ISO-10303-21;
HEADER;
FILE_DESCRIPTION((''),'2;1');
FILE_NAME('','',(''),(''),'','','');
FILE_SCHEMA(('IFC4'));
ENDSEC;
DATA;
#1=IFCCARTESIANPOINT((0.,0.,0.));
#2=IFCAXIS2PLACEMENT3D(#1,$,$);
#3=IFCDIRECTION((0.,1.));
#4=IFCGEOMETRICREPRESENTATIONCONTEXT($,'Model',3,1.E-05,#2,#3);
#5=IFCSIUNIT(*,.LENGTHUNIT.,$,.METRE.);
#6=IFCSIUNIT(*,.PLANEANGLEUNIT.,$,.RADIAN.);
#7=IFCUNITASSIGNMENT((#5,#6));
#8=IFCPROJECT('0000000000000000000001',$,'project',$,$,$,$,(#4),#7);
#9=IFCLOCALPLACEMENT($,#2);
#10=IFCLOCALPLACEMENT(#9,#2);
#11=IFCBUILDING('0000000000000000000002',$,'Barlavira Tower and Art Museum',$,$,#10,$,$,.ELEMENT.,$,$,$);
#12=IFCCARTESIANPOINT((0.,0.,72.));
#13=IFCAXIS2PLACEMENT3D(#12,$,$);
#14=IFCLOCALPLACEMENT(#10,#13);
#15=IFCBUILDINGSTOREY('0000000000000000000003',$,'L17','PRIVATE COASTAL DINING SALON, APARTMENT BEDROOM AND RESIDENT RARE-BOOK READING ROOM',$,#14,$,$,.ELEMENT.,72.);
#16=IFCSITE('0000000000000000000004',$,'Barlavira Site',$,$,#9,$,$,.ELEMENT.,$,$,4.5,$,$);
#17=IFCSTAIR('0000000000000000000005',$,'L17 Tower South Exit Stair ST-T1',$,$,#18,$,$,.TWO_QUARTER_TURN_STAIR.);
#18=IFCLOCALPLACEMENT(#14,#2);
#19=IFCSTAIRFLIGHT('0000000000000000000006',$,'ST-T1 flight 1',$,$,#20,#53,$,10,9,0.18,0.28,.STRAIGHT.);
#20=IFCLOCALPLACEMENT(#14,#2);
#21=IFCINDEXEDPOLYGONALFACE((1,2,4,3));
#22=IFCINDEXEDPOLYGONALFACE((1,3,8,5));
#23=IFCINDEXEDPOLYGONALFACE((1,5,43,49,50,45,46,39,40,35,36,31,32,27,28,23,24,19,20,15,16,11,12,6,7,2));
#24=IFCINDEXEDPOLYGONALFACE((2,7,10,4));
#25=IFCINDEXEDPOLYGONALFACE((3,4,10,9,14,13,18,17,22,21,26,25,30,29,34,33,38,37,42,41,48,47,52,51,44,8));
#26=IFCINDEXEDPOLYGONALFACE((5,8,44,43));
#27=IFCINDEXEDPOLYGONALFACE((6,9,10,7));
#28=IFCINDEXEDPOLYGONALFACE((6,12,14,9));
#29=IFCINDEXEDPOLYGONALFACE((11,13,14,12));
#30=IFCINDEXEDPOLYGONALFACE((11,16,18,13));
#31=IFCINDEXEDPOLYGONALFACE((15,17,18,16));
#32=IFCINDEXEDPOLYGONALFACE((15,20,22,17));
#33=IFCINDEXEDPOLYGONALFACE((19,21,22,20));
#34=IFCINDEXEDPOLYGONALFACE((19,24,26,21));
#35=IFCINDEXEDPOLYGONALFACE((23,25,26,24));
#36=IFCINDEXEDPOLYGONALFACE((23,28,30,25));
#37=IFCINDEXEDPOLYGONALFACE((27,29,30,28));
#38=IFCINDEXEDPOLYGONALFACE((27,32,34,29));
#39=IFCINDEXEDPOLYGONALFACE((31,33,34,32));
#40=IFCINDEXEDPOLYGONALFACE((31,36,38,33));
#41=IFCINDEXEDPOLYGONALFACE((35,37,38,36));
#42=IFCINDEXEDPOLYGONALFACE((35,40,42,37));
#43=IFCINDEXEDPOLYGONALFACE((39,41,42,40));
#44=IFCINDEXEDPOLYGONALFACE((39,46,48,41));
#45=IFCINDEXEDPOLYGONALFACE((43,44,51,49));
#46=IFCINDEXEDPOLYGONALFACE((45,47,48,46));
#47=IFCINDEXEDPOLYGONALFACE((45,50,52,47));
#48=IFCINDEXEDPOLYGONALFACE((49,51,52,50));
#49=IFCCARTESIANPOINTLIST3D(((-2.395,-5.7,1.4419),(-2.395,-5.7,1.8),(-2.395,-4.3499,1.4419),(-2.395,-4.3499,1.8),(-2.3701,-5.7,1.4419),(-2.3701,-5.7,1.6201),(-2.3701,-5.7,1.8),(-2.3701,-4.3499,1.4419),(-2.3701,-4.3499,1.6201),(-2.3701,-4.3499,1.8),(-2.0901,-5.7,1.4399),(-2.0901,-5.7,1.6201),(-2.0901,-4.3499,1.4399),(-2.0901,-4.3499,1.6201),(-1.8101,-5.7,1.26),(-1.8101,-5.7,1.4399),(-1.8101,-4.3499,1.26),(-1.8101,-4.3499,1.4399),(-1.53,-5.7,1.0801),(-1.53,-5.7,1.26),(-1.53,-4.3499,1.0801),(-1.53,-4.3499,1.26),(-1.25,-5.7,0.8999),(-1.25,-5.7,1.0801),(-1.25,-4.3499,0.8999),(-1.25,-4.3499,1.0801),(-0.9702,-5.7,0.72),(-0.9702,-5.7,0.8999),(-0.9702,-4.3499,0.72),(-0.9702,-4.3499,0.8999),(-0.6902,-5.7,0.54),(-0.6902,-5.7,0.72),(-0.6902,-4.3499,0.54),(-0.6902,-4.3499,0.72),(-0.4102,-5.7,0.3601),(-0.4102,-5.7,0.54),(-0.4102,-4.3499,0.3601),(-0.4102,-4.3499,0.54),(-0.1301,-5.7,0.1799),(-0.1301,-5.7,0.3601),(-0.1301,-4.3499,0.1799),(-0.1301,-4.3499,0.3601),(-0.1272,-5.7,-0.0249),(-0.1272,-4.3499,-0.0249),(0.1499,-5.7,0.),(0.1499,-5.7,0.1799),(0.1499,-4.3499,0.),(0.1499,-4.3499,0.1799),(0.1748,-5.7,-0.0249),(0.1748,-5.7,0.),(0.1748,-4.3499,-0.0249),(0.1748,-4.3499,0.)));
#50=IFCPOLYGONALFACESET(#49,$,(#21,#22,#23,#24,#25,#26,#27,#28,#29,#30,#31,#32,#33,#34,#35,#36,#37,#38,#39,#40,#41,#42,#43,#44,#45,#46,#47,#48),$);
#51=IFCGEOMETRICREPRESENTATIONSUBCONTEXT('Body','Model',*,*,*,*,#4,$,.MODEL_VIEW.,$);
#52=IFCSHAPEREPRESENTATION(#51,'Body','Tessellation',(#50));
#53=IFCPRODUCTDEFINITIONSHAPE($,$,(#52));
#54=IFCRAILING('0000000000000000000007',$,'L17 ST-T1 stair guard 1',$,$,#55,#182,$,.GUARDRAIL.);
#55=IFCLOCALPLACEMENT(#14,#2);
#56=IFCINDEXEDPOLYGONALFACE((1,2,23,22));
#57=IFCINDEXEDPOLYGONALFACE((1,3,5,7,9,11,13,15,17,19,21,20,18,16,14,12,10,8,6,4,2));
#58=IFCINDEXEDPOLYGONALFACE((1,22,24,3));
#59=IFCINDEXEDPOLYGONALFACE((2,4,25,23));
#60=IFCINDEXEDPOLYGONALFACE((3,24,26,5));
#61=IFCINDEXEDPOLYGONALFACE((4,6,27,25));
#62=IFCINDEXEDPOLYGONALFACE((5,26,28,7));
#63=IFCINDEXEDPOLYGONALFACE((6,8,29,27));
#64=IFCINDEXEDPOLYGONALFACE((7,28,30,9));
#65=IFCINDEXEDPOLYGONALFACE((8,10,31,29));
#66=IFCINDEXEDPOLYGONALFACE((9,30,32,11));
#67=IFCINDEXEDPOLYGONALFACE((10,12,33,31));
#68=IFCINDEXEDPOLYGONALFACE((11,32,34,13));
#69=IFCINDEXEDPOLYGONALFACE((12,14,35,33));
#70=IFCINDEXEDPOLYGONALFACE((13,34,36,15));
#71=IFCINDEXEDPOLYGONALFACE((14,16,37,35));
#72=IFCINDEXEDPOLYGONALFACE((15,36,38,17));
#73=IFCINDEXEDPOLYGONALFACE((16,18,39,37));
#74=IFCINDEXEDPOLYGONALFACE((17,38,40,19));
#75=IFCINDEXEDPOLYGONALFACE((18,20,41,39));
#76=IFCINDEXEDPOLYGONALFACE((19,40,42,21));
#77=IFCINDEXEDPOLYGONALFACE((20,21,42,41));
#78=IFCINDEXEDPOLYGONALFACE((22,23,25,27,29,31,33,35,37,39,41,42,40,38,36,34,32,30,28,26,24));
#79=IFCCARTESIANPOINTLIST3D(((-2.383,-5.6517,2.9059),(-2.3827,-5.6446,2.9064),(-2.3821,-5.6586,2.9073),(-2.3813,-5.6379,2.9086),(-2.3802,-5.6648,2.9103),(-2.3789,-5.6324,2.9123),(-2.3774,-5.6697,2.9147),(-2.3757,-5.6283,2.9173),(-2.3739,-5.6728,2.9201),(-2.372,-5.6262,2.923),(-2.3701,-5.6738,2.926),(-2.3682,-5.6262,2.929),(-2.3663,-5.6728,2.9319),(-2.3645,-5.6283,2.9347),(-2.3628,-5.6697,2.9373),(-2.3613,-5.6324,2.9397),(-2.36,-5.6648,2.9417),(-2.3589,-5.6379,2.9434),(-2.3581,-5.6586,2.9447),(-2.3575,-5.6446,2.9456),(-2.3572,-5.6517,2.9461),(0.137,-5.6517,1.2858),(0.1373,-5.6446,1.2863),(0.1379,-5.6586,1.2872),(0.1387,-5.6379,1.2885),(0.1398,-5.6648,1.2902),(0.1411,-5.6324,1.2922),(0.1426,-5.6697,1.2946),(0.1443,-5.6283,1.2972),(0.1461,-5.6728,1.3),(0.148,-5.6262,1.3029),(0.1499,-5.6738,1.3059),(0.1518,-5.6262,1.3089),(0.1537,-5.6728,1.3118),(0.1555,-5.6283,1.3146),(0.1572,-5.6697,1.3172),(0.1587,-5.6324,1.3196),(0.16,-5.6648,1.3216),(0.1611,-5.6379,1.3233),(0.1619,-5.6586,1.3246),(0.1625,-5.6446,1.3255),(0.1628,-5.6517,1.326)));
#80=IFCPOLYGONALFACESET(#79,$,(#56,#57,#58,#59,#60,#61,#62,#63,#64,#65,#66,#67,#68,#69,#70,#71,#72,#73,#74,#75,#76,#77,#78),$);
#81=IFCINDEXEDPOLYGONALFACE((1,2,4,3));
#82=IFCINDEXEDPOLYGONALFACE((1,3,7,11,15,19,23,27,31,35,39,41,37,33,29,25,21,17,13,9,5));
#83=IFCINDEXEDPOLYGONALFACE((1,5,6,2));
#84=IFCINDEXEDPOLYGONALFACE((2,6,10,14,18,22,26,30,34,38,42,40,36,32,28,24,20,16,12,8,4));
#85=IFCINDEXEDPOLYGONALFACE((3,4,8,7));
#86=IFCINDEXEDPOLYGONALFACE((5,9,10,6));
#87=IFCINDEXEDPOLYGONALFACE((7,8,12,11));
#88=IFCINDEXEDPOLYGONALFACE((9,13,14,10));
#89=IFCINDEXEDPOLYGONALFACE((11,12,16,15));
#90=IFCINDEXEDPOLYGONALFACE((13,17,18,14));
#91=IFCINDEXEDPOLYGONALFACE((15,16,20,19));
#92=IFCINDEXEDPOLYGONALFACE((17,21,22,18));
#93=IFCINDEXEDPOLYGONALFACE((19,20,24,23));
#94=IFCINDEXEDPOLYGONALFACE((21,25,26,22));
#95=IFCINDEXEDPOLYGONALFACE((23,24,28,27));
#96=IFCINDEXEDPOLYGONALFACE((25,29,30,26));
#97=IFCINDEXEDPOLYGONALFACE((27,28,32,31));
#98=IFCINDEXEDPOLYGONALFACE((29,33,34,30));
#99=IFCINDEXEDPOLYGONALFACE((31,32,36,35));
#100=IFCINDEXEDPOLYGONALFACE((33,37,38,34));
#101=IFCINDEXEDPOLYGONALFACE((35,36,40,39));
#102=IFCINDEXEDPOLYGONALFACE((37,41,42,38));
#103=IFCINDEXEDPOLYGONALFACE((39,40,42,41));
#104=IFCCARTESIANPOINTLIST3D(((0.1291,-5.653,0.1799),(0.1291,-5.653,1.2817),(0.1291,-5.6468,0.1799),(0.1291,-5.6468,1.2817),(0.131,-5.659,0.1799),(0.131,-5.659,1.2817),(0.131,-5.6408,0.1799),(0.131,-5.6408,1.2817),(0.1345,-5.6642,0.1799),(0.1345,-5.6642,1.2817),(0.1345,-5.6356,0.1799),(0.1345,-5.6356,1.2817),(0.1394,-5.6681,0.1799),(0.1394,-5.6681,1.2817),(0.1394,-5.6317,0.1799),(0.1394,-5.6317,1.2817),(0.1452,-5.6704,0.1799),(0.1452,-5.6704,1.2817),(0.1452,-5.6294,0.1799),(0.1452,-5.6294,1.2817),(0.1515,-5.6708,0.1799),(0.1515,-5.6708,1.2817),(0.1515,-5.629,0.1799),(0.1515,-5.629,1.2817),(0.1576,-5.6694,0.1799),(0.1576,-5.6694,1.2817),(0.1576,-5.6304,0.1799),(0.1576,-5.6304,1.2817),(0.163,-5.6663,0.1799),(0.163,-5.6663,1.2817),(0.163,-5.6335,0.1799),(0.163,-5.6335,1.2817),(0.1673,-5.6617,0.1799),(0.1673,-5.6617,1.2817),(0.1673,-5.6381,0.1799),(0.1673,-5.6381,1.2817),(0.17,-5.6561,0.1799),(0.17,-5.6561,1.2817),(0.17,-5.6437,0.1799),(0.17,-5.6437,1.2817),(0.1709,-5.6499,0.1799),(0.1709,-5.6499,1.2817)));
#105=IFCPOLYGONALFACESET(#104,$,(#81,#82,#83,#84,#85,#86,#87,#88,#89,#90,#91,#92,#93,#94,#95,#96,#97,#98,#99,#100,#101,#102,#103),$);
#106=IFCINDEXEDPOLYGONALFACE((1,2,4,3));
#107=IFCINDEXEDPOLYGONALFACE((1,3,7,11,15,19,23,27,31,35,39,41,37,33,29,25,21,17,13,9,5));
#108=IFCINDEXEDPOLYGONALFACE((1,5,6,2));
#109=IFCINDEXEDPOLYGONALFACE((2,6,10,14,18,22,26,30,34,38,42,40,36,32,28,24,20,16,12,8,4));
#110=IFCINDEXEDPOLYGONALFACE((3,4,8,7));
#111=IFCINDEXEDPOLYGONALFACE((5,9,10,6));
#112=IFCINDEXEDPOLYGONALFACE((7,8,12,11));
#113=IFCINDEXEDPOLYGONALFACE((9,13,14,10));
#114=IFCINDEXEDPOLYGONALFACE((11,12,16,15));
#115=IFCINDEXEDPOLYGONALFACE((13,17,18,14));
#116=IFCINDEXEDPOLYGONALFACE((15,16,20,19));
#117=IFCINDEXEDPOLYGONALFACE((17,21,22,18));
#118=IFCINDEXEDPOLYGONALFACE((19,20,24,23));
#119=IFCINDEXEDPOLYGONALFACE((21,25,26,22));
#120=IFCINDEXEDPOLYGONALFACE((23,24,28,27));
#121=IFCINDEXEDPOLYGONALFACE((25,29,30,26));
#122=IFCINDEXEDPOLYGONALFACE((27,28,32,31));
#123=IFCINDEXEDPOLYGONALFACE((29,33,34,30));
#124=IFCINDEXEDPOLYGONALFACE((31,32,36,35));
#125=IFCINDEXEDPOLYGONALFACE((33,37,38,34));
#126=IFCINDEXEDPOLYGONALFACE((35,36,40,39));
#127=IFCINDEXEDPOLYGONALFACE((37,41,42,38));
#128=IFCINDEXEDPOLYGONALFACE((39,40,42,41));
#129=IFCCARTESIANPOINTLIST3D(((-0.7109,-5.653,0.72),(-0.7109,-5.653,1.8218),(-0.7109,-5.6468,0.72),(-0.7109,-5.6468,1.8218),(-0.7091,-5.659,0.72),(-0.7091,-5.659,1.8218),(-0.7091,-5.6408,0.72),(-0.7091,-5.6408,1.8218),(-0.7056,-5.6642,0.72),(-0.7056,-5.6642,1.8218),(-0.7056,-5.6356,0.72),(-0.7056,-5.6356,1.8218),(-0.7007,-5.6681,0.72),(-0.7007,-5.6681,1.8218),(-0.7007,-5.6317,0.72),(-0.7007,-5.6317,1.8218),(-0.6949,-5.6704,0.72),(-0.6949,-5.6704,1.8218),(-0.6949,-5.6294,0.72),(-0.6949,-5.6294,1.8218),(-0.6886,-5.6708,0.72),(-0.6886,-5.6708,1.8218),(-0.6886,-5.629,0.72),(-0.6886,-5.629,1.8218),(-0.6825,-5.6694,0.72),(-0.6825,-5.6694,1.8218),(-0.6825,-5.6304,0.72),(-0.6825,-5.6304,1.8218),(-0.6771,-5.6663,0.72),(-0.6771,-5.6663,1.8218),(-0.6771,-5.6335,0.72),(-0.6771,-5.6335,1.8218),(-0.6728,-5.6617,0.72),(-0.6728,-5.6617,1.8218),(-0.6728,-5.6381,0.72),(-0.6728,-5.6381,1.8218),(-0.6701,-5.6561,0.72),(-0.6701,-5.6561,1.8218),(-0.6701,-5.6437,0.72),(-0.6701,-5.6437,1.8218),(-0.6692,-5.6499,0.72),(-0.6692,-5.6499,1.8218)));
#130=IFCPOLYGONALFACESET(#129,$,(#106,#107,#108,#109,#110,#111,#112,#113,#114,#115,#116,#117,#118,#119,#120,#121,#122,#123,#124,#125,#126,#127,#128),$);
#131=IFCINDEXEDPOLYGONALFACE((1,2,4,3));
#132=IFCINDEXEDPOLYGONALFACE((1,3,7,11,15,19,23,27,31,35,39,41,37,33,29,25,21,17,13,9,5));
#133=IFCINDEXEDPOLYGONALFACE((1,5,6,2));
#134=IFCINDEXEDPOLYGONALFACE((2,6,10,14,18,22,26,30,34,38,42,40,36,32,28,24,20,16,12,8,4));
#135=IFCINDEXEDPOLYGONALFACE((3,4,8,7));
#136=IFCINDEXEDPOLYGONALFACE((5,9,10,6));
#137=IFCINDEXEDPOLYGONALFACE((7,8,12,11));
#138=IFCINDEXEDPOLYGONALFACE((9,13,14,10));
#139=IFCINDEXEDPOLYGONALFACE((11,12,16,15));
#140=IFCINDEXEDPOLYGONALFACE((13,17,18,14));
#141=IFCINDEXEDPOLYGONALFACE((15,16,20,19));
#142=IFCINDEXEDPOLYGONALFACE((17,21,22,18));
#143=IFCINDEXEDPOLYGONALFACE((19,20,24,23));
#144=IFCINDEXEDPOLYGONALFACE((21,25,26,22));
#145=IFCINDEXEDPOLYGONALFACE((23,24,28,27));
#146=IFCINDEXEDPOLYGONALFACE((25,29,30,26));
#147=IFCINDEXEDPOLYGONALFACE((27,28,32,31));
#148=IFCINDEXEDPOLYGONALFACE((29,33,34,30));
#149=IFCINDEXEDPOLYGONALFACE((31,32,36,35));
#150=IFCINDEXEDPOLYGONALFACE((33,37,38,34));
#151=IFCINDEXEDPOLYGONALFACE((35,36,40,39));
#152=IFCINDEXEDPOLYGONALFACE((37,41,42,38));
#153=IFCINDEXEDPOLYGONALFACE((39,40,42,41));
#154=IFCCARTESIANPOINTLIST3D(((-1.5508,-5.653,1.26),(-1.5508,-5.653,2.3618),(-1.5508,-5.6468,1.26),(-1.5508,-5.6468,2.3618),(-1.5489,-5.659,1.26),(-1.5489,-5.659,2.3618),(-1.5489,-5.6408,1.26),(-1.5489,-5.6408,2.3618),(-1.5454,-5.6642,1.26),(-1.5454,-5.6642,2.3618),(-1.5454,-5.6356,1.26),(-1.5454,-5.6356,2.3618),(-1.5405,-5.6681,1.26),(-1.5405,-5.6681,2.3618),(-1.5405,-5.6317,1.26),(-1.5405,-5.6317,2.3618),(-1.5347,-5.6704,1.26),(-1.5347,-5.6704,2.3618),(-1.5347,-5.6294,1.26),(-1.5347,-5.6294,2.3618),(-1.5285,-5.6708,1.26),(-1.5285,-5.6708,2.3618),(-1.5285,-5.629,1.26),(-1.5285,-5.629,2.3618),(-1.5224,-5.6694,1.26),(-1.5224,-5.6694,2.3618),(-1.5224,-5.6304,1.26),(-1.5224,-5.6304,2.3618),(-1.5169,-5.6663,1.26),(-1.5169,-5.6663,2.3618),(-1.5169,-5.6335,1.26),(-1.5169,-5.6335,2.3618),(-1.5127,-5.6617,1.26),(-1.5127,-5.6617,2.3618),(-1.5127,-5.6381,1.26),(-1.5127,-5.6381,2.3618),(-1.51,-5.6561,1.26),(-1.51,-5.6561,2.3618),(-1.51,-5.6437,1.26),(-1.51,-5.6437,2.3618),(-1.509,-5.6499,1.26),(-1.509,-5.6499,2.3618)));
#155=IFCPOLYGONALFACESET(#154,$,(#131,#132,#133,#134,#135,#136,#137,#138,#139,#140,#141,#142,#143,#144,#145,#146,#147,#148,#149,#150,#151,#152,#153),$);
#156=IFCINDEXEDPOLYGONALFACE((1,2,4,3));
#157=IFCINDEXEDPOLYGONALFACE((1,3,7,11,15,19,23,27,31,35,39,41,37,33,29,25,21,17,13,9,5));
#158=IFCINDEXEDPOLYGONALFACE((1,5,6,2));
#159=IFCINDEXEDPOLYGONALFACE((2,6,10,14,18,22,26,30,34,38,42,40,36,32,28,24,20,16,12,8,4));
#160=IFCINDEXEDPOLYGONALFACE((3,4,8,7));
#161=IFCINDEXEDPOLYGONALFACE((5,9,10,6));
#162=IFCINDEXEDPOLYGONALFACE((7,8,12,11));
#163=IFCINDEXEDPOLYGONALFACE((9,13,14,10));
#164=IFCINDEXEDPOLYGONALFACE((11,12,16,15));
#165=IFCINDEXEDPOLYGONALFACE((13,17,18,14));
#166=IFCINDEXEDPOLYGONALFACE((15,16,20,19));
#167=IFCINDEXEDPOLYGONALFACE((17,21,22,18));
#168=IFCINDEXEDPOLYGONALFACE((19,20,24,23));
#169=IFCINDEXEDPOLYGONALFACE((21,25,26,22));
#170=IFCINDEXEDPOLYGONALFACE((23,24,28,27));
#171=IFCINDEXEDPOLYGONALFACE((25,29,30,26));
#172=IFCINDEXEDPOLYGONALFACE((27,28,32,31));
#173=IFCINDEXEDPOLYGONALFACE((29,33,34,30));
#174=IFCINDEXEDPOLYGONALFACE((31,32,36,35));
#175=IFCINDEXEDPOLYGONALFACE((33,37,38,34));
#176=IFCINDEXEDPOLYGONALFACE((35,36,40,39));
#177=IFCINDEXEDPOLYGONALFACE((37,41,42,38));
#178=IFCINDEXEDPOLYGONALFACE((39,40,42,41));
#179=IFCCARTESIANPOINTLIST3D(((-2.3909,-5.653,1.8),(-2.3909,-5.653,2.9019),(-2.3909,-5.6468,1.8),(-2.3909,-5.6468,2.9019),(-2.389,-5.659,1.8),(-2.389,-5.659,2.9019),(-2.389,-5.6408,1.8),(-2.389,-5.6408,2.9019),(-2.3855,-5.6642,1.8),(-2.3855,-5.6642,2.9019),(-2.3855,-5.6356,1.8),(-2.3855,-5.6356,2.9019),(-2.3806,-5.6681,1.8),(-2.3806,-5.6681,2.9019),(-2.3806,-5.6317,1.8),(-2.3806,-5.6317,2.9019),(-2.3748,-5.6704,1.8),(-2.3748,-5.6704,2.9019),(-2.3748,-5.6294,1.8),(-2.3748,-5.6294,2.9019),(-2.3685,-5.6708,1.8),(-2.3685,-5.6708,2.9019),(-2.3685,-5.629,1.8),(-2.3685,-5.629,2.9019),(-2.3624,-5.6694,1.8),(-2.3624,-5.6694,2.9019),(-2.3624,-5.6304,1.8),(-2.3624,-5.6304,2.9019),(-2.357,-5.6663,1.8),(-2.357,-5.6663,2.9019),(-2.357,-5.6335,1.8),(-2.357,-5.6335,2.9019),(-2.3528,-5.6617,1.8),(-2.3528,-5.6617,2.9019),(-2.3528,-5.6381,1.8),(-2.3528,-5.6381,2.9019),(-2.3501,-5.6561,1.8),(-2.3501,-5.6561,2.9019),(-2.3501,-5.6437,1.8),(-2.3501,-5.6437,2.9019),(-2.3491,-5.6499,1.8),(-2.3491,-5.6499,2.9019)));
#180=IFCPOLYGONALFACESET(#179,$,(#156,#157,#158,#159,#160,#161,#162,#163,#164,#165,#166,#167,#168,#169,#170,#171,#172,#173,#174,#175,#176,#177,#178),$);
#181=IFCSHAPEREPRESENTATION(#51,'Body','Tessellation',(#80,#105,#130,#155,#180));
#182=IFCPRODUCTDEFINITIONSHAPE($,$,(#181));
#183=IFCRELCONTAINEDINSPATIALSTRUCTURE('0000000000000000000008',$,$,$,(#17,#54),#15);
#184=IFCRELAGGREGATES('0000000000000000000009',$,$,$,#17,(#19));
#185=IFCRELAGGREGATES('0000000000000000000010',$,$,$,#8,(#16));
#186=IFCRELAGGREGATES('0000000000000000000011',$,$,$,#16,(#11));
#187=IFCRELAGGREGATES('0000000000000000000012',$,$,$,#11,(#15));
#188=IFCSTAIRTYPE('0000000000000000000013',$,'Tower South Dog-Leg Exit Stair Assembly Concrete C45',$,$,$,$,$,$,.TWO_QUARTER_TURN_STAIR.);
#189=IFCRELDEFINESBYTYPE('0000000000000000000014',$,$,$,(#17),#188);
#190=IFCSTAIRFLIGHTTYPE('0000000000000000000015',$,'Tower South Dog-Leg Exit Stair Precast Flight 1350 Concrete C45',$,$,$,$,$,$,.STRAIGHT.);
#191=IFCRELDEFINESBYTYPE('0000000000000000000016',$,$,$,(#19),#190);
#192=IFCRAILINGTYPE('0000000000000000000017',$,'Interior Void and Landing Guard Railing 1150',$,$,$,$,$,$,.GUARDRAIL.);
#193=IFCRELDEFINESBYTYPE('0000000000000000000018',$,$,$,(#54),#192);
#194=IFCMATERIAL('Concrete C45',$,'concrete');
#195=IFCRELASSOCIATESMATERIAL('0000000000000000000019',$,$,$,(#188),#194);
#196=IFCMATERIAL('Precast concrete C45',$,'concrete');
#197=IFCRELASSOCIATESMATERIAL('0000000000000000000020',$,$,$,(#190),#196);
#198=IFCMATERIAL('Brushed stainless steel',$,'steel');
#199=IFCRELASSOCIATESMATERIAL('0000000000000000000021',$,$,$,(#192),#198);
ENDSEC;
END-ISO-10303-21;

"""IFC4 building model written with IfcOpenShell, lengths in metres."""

from ifc_helpers import new_model, si_unit, direction, frame, origin, origin_2d, place, context, subcontext, project, spatial, polyline, circle, outline, extrude, material, type_object, element, aggregate, save


model = new_model("IFC4")

# Units and contexts
model_context = context("Model", 3, precision=1e-05, world=origin(), true_north=direction((0.0, 1.0)))
body_context = subcontext(model_context, "Body", "Model", "MODEL_VIEW")
ifc_project = project(units=[si_unit("LENGTHUNIT", "METRE"), si_unit("PLANEANGLEUNIT", "RADIAN")], contexts=[model_context])

# Site, building, storey
site_placement = place(None, origin())
site = spatial("IfcSite", under=ifc_project, at=site_placement, Name="Barlavira Site", CompositionType="ELEMENT", RefElevation=4.5)
building_placement = place(site_placement, origin())
building = spatial("IfcBuilding", under=site, at=building_placement, Name="Barlavira Tower and Art Museum", CompositionType="ELEMENT")
storey_placement = place(building_placement, frame((0.0, 0.0, 72.0)))
storey = spatial("IfcBuildingStorey", under=building, at=storey_placement, Name="L17", Description="PRIVATE COASTAL DINING SALON, APARTMENT BEDROOM AND RESIDENT RARE-BOOK READING ROOM", CompositionType="ELEMENT", Elevation=72.0)

# Shared definitions
ifc_material_1 = material(Name="Brushed stainless steel", Category="steel")

# Stair, stair flight
ifc_material_2 = material(Name="Concrete C45", Category="concrete")
stair_type = type_object("IfcStairType", Name="Tower South Dog-Leg Exit Stair Assembly Concrete C45", PredefinedType="TWO_QUARTER_TURN_STAIR", material=ifc_material_2)
stair_placement = place(storey_placement, origin())
stair = element("IfcStair", 1, at=stair_placement, inside=storey, type_object=stair_type, Name="L17 Tower South Exit Stair ST-T1", PredefinedType="TWO_QUARTER_TURN_STAIR")
ifc_material_3 = material(Name="Precast concrete C45", Category="concrete")
stair_flight_type = type_object("IfcStairFlightType", Name="Tower South Dog-Leg Exit Stair Precast Flight 1350 Concrete C45", PredefinedType="STRAIGHT", material=ifc_material_3)
stair_flight_placement = place(storey_placement, frame((0.1499, -5.0249, 0.0), z_axis=(0.0, 0.0, 1.0), x_axis=(-1.0, 0.0, 0.0)))
stair_flight = element("IfcStairFlight", 2, at=stair_flight_placement, type_object=stair_flight_type, Name="ST-T1 flight 1", NumberOfRisers=10, NumberOfTreads=9, PredefinedType="STRAIGHT", RiserHeight=0.18, TreadLength=0.28, context=body_context, shape_type="SweptSolid", body=[
    extrude(outline(polyline([(-0.0249, 0.0), (0.0, 0.0), (0.0, 0.1799), (0.28, 0.1799), (0.28, 0.3601), (0.5601, 0.3601), (0.5601, 0.54), (0.8401, 0.54), (0.8401, 0.72), (1.1201, 0.72), (1.1201, 0.8999), (1.3999, 0.8999), (1.3999, 1.0801), (1.6799, 1.0801), (1.6799, 1.26), (1.96, 1.26), (1.96, 1.4399), (2.24, 1.4399), (2.24, 1.6201), (2.52, 1.6201), (2.52, 1.8), (2.5449, 1.8), (2.5449, 1.4419), (2.52, 1.4419), (0.2771, -0.0249), (-0.0249, -0.0249), (-0.0249, 0.0)])), frame((0.0, 0.675, 0.0), z_axis=(0.0, -1.0, 0.0), x_axis=(1.0, 0.0, 0.0)), (0.0, 0.0, 1.0), 1.3501),
])
aggregate(stair, [stair_flight])

# Railing
railing_type_1 = type_object("IfcRailingType", Name="Interior Void and Landing Guard Railing 1150", PredefinedType="GUARDRAIL", material=ifc_material_1)
railing_1_placement = place(storey_placement, frame((0.1499, -5.6499, 0.1799)))
element("IfcRailing", 3, at=railing_1_placement, inside=storey, type_object=railing_type_1, Name="L17 ST-T1 stair guard 1", PredefinedType="GUARDRAIL", context=body_context, shape_type="SweptSolid", body=[
    extrude(circle(Radius=0.0239, at=origin_2d()), frame((0.0, 0.0, 1.126), z_axis=(-0.841163, 0.0, 0.540782), x_axis=(0.0, -1.0, 0.0)), (0.0, 0.0, 1.0), 2.9958),
    extrude(circle(Radius=0.021, at=origin_2d()), origin(), (0.0, 0.0, 1.0), 1.1018),
    extrude(circle(Radius=0.021, at=origin_2d()), frame((-0.8401, 0.0, 0.54)), (0.0, 0.0, 1.0), 1.1018),
    extrude(circle(Radius=0.021, at=origin_2d()), frame((-1.6799, 0.0, 1.0801)), (0.0, 0.0, 1.0), 1.1018),
    extrude(circle(Radius=0.021, at=origin_2d()), frame((-2.52, 0.0, 1.6201)), (0.0, 0.0, 1.0), 1.1018),
])

save(model, "model.ifc")
